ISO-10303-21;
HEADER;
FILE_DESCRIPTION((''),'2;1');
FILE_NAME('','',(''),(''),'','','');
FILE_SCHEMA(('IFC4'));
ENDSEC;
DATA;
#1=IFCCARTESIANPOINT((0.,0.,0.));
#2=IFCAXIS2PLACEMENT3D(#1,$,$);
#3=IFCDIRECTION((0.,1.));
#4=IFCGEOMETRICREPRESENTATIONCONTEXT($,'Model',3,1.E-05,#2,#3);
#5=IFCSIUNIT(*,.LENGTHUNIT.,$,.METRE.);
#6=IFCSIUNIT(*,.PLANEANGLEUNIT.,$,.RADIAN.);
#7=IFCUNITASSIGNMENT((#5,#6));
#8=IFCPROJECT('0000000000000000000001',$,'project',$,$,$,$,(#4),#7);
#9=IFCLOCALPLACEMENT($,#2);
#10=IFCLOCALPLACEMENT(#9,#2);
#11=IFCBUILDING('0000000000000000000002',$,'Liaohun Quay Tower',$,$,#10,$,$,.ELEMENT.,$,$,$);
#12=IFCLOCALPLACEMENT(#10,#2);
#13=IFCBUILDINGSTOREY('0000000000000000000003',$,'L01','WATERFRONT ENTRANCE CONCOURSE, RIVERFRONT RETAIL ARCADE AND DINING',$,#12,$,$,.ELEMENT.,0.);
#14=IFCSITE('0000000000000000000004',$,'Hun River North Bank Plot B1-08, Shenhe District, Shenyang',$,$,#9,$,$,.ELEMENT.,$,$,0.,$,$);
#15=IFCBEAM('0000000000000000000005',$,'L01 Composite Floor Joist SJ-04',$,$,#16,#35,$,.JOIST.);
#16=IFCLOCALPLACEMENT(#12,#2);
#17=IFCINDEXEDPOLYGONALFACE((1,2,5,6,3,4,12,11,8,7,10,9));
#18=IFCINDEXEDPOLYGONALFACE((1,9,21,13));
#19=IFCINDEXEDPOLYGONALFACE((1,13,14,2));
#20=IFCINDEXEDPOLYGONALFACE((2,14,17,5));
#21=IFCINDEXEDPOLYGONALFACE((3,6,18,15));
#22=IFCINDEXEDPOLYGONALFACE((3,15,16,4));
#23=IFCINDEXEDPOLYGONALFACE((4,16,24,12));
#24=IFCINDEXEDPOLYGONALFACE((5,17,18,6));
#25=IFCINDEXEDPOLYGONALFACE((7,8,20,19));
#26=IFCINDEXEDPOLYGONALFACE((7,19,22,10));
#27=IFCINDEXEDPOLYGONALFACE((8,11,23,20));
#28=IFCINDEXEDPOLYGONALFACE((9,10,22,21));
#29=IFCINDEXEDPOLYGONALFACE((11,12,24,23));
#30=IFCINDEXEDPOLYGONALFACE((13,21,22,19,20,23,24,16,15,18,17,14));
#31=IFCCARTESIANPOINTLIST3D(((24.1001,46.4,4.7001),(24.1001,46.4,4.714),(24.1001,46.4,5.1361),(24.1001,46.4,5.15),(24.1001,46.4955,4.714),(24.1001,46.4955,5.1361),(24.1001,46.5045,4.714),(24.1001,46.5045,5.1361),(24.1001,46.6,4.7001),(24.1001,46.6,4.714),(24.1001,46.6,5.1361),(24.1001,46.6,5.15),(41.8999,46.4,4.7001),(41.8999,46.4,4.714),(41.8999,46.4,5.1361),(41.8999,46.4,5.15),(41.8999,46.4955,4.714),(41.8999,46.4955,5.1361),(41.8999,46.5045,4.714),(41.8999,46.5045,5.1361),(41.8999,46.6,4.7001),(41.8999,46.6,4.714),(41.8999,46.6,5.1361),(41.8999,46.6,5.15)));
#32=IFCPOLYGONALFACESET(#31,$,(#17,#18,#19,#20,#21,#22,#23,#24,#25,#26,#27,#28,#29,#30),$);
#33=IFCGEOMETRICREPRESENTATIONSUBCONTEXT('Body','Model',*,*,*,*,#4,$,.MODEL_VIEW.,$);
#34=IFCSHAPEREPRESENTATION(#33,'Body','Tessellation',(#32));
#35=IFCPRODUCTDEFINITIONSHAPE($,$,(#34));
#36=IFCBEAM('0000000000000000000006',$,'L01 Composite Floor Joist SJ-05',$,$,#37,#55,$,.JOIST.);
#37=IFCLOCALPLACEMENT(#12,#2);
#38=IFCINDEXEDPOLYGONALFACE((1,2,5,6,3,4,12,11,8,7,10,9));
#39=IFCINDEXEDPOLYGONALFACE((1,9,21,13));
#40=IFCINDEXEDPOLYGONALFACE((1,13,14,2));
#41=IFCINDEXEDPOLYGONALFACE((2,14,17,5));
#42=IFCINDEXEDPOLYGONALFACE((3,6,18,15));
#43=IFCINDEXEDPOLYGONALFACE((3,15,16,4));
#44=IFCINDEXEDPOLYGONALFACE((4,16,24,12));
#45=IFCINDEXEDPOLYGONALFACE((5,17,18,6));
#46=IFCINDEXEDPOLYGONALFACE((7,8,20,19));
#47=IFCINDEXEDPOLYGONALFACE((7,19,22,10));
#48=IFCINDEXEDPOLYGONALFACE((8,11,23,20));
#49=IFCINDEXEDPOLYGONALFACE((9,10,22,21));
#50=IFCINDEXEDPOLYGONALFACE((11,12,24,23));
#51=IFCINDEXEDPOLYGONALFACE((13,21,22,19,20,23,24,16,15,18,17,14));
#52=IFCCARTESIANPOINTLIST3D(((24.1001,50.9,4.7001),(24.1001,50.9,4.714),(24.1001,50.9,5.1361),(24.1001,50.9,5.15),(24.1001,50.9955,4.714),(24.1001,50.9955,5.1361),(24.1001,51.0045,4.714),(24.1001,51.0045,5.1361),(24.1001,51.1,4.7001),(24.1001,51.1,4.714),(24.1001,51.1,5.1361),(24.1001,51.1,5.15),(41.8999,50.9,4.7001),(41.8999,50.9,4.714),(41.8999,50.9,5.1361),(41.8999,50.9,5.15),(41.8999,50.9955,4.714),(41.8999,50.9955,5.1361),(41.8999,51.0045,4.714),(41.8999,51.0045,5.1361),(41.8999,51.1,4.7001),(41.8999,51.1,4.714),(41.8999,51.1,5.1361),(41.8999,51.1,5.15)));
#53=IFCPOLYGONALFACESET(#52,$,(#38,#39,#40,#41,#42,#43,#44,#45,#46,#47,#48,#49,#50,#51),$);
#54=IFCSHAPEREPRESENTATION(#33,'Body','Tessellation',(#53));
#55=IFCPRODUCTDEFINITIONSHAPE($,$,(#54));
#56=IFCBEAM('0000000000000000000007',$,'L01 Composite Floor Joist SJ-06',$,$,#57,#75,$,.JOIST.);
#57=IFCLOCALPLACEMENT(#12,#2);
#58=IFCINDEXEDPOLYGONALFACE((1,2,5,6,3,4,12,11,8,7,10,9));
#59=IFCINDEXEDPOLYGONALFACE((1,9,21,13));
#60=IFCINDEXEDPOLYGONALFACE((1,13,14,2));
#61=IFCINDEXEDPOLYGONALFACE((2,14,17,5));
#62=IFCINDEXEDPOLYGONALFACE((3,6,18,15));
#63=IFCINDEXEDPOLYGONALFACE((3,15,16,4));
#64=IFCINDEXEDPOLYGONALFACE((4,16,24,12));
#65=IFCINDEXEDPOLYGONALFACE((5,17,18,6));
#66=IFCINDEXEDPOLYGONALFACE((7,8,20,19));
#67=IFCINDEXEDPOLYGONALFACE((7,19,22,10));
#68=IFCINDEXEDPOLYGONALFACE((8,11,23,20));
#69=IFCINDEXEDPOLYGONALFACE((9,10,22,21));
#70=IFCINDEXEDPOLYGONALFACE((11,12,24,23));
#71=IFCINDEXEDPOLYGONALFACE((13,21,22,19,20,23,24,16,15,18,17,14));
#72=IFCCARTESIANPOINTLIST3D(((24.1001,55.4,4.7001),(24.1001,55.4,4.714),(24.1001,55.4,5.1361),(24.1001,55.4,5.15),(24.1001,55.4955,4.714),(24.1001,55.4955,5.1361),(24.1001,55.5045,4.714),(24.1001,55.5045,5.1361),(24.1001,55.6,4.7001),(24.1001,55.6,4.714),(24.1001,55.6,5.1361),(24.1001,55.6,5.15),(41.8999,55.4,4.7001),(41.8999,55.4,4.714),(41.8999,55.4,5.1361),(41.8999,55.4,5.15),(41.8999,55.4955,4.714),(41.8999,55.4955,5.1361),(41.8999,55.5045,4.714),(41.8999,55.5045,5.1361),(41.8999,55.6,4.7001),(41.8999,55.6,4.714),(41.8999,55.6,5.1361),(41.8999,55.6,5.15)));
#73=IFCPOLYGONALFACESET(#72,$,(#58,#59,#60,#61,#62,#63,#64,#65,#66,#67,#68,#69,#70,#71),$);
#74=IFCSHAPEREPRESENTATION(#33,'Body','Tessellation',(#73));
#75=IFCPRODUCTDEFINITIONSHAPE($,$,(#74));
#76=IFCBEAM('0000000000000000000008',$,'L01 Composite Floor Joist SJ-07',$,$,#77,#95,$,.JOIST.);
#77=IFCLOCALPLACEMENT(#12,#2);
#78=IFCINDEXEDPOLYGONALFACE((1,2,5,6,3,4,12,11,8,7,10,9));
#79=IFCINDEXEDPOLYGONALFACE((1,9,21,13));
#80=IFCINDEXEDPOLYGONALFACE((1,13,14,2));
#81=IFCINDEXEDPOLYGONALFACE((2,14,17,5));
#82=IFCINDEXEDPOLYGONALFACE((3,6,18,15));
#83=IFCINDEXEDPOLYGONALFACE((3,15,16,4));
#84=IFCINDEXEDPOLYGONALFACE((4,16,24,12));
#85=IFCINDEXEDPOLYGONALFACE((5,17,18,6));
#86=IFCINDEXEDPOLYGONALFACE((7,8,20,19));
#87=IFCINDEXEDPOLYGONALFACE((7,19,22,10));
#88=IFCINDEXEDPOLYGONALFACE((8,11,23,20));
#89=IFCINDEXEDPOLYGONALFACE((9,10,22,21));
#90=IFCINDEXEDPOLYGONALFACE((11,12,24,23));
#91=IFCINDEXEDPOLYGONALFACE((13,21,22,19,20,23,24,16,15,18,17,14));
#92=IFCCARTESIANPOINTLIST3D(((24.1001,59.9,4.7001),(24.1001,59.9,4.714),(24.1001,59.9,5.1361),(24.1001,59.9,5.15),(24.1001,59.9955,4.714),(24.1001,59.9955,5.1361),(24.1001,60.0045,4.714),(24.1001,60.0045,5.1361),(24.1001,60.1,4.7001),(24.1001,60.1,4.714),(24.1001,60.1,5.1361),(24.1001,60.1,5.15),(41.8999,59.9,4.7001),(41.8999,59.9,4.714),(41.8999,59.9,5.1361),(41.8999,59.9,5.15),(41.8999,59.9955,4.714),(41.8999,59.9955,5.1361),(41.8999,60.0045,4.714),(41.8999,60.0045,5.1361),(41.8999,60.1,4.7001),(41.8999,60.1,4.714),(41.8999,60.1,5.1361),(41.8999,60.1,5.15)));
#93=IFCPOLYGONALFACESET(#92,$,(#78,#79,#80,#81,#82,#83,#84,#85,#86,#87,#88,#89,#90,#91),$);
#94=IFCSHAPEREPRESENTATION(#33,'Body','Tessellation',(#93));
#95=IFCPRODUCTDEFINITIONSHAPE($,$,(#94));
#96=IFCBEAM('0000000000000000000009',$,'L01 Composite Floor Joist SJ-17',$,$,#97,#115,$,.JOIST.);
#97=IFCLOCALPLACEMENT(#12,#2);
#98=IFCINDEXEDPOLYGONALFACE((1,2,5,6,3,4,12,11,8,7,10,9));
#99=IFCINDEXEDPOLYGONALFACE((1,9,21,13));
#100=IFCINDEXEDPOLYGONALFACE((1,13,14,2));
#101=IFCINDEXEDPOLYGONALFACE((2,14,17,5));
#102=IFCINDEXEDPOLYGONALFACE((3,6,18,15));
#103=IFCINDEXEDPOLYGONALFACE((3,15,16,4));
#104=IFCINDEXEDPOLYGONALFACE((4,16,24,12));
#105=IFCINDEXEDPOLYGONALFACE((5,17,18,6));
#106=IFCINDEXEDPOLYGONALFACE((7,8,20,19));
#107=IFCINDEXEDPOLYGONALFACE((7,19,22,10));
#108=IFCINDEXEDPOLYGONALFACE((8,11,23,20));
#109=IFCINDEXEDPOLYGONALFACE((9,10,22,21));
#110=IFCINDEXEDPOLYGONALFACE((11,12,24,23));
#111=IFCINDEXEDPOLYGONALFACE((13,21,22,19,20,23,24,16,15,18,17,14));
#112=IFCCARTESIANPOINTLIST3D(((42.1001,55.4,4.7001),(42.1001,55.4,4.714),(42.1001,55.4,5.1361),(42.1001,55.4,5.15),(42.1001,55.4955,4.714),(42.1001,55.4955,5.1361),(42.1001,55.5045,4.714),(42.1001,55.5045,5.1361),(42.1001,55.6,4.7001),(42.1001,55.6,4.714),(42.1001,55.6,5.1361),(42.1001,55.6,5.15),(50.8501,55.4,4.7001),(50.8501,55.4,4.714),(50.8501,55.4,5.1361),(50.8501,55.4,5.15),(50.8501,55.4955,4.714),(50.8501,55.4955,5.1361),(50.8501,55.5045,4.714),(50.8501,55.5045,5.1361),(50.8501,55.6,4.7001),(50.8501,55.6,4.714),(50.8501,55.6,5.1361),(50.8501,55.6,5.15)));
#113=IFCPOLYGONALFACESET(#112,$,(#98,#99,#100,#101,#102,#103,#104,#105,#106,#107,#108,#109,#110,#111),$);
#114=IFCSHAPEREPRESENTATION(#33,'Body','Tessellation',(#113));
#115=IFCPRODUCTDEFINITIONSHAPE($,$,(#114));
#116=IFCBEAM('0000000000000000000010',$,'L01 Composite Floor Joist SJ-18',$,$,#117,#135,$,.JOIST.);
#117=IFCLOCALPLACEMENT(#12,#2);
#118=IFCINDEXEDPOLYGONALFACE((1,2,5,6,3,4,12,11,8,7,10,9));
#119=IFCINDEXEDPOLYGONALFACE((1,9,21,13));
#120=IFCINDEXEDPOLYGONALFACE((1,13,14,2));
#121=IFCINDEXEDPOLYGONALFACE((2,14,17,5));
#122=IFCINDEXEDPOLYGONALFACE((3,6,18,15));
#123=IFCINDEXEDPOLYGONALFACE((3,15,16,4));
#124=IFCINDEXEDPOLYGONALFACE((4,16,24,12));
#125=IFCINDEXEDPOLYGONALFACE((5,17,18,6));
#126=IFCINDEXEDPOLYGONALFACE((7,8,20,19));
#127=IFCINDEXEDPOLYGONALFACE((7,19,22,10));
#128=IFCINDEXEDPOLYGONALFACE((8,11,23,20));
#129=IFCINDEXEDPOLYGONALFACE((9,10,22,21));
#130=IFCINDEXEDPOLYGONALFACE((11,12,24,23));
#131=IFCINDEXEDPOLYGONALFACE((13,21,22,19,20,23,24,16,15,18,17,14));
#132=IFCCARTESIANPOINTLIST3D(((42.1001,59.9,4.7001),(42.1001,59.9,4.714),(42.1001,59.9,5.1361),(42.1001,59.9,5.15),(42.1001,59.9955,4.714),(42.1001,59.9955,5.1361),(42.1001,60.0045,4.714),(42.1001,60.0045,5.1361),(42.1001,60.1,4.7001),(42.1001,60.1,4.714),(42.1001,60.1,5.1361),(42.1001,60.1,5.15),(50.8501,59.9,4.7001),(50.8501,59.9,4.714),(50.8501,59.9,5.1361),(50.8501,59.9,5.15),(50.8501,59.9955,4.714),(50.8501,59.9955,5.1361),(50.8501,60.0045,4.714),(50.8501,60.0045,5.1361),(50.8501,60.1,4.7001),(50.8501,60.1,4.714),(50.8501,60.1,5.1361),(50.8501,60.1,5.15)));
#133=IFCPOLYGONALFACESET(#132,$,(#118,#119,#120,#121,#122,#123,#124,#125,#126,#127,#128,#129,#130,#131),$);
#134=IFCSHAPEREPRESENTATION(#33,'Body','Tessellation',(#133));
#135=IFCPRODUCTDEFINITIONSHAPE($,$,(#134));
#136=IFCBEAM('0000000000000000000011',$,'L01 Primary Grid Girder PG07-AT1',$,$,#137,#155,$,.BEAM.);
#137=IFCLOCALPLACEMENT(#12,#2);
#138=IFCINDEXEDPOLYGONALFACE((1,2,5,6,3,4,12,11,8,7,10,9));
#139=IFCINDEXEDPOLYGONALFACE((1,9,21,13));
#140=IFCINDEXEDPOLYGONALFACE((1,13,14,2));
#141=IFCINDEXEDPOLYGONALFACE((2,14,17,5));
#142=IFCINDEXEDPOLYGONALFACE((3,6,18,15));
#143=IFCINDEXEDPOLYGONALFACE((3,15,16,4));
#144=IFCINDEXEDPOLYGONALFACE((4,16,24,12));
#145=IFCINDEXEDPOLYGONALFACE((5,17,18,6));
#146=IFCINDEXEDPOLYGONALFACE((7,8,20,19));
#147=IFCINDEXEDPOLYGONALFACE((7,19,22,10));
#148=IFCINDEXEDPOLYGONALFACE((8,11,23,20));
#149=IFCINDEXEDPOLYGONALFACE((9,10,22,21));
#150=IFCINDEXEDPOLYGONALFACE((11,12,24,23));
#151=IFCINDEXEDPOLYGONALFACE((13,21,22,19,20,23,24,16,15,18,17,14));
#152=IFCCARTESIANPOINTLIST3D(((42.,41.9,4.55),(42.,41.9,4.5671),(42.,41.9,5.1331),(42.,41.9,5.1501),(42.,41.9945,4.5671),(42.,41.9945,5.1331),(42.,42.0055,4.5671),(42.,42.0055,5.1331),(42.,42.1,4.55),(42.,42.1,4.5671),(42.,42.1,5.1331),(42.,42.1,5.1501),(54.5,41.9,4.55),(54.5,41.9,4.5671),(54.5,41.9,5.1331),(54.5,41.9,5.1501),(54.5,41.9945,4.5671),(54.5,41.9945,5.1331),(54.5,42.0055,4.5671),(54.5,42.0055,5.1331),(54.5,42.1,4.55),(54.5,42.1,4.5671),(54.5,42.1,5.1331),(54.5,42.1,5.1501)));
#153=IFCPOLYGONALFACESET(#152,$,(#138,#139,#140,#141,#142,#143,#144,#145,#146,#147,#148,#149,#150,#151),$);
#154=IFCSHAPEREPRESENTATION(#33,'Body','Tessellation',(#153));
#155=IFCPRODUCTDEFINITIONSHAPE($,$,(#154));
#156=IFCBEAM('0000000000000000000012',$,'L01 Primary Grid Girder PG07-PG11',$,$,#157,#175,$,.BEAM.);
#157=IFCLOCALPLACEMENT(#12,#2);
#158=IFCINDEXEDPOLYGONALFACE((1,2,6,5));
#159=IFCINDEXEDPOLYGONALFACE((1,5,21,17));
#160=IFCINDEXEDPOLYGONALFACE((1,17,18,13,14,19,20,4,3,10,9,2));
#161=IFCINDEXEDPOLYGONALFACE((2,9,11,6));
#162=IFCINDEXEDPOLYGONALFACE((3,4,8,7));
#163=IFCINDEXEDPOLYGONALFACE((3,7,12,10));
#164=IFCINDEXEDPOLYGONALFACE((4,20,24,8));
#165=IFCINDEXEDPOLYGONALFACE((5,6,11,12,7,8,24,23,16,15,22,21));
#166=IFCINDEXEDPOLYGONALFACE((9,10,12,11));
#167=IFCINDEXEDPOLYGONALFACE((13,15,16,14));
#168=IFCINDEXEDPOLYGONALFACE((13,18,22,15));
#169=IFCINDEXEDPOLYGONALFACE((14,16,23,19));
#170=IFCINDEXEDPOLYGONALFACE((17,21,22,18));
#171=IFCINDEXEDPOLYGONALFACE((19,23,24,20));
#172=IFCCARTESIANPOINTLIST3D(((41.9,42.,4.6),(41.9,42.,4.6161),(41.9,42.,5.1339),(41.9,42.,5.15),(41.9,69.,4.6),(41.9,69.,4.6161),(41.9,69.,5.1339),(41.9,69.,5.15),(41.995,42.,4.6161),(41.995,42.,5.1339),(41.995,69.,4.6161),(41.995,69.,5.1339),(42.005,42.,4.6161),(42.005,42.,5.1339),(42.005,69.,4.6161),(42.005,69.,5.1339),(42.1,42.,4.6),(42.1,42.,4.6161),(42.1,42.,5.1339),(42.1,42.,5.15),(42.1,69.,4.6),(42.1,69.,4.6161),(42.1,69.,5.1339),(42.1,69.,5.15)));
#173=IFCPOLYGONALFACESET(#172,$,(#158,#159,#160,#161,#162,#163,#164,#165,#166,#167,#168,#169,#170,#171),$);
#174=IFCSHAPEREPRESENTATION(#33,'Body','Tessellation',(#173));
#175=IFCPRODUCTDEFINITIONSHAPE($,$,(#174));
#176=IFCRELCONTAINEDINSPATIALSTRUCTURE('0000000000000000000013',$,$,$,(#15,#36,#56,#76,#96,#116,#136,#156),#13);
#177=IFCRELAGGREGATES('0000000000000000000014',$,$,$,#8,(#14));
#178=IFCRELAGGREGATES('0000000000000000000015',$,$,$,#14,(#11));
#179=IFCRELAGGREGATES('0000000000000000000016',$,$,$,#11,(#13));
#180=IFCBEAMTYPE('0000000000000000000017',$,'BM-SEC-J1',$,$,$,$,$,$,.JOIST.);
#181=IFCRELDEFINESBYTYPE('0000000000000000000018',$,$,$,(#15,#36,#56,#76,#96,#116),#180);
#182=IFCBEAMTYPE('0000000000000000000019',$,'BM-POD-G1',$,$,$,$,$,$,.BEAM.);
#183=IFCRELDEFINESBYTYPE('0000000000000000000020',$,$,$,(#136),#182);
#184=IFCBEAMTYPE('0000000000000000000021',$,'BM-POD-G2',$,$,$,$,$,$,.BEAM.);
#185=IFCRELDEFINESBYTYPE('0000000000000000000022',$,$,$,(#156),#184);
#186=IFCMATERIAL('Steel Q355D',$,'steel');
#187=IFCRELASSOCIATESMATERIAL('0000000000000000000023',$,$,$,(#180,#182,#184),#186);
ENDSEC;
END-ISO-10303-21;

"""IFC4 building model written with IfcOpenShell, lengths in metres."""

from ifc_helpers import new_model, si_unit, direction, frame, origin, origin_2d, place, context, subcontext, project, spatial, i_section, extrude, source, transform, mapped, material, material_profile, profile_set, type_object, element, save


model = new_model("IFC4")

# Units and contexts
model_context = context("Model", 3, precision=1e-05, world=origin(), true_north=direction((0.0, 1.0)))
body_context = subcontext(model_context, "Body", "Model", "MODEL_VIEW")
ifc_project = project(units=[si_unit("LENGTHUNIT", "METRE"), si_unit("PLANEANGLEUNIT", "RADIAN")], contexts=[model_context])

# Site, building, storey
site_placement = place(None, origin())
site = spatial("IfcSite", under=ifc_project, at=site_placement, Name="Hun River North Bank Plot B1-08, Shenhe District, Shenyang", CompositionType="ELEMENT", RefElevation=0.0)
building_placement = place(site_placement, origin())
building = spatial("IfcBuilding", under=site, at=building_placement, Name="Liaohun Quay Tower", CompositionType="ELEMENT")
storey_placement = place(building_placement, origin())
storey = spatial("IfcBuildingStorey", under=building, at=storey_placement, Name="L01", Description="WATERFRONT ENTRANCE CONCOURSE, RIVERFRONT RETAIL ARCADE AND DINING", CompositionType="ELEMENT", Elevation=0.0)

# Beams
ifc_material_1 = material(Name="Steel Q355D", Category="steel")
ifc_material_profile_1 = material_profile(ifc_material_1, i_section(OverallWidth=0.2, OverallDepth=0.45, WebThickness=0.009, FlangeThickness=0.0139, at=origin_2d()), Name="HN450x200x9x14")
ifc_profile_set_1 = profile_set([ifc_material_profile_1], Name="Steel Q355D")
beam_type_1 = type_object("IfcBeamType", Name="BM-SEC-J1", PredefinedType="JOIST", material=ifc_profile_set_1)
shared_shape_1 = source(origin(), body_context, "Body", "SweptSolid", [
    extrude(i_section(OverallWidth=0.2, OverallDepth=0.45, WebThickness=0.009, FlangeThickness=0.0139, at=origin_2d()), origin(), (0.0, 0.0, 1.0), 17.7998),
])
for number, where, z_axis, x_axis, name in (
    (1, (24.1001, 46.5, 4.925), (1.0, 0.0, 0.0), (0.0, 1.0, 0.0), "L01 Composite Floor Joist SJ-04"),
    (2, (24.1001, 51.0, 4.925), (1.0, 0.0, 0.0), (0.0, 1.0, 0.0), "L01 Composite Floor Joist SJ-05"),
    (3, (24.1001, 55.5, 4.925), (1.0, 0.0, 0.0), (0.0, 1.0, 0.0), "L01 Composite Floor Joist SJ-06"),
    (4, (24.1001, 60.0, 4.925), (1.0, 0.0, 0.0), (0.0, 1.0, 0.0), "L01 Composite Floor Joist SJ-07"),
):
    element("IfcBeam", number, at=place(storey_placement, frame(where, z_axis=z_axis, x_axis=x_axis)), inside=storey, type_object=beam_type_1, Name=name, PredefinedType="JOIST", context=body_context, shape_type="MappedRepresentation", body=[
        mapped(shared_shape_1, transform((0.0, 0.0, 0.0), x_axis=(1.0, 0.0, 0.0), y_axis=(0.0, 1.0, 0.0), z_axis=(0.0, 0.0, 1.0), scale=1.0)),
    ])
shared_shape_2 = source(origin(), body_context, "Body", "SweptSolid", [
    extrude(i_section(OverallWidth=0.2, OverallDepth=0.45, WebThickness=0.009, FlangeThickness=0.0139, at=origin_2d()), origin(), (0.0, 0.0, 1.0), 8.75),
])
for number, where, z_axis, x_axis, name in (
    (5, (42.1001, 55.5, 4.925), (1.0, 0.0, 0.0), (0.0, 1.0, 0.0), "L01 Composite Floor Joist SJ-17"),
    (6, (42.1001, 60.0, 4.925), (1.0, 0.0, 0.0), (0.0, 1.0, 0.0), "L01 Composite Floor Joist SJ-18"),
):
    element("IfcBeam", number, at=place(storey_placement, frame(where, z_axis=z_axis, x_axis=x_axis)), inside=storey, type_object=beam_type_1, Name=name, PredefinedType="JOIST", context=body_context, shape_type="MappedRepresentation", body=[
        mapped(shared_shape_2, transform((0.0, 0.0, 0.0), x_axis=(1.0, 0.0, 0.0), y_axis=(0.0, 1.0, 0.0), z_axis=(0.0, 0.0, 1.0), scale=1.0)),
    ])
ifc_material_profile_2 = material_profile(ifc_material_1, i_section(OverallWidth=0.2, OverallDepth=0.6001, WebThickness=0.011, FlangeThickness=0.0171, at=origin_2d()), Name="HN600x200x11x17")
ifc_profile_set_2 = profile_set([ifc_material_profile_2], Name="Steel Q355D")
beam_type_2 = type_object("IfcBeamType", Name="BM-POD-G1", PredefinedType="BEAM", material=ifc_profile_set_2)
shared_shape_3 = source(origin(), body_context, "Body", "SweptSolid", [
    extrude(i_section(OverallWidth=0.2, OverallDepth=0.6001, WebThickness=0.011, FlangeThickness=0.0171, at=origin_2d()), origin(), (0.0, 0.0, 1.0), 12.5),
])
beam_1_placement = place(storey_placement, frame((42.0, 42.0, 4.8501), z_axis=(1.0, 0.0, 0.0), x_axis=(0.0, 1.0, 0.0)))
element("IfcBeam", 7, at=beam_1_placement, inside=storey, type_object=beam_type_2, Name="L01 Primary Grid Girder PG07-AT1", PredefinedType="BEAM", context=body_context, shape_type="MappedRepresentation", body=[
    mapped(shared_shape_3, transform((0.0, 0.0, 0.0), x_axis=(1.0, 0.0, 0.0), y_axis=(0.0, 1.0, 0.0), z_axis=(0.0, 0.0, 1.0), scale=1.0)),
])
ifc_material_profile_3 = material_profile(ifc_material_1, i_section(OverallWidth=0.2, OverallDepth=0.55, WebThickness=0.01, FlangeThickness=0.0161, at=origin_2d()), Name="HN550x200x10x16")
ifc_profile_set_3 = profile_set([ifc_material_profile_3], Name="Steel Q355D")
beam_type_3 = type_object("IfcBeamType", Name="BM-POD-G2", PredefinedType="BEAM", material=ifc_profile_set_3)
shared_shape_4 = source(origin(), body_context, "Body", "SweptSolid", [
    extrude(i_section(OverallWidth=0.2, OverallDepth=0.55, WebThickness=0.01, FlangeThickness=0.0161, at=origin_2d()), origin(), (0.0, 0.0, 1.0), 27.0),
])
beam_2_placement = place(storey_placement, frame((42.0, 42.0, 4.875), z_axis=(0.0, 1.0, 0.0), x_axis=(-1.0, 0.0, 0.0)))
element("IfcBeam", 8, at=beam_2_placement, inside=storey, type_object=beam_type_3, Name="L01 Primary Grid Girder PG07-PG11", PredefinedType="BEAM", context=body_context, shape_type="MappedRepresentation", body=[
    mapped(shared_shape_4, transform((0.0, 0.0, 0.0), x_axis=(1.0, 0.0, 0.0), y_axis=(0.0, 1.0, 0.0), z_axis=(0.0, 0.0, 1.0), scale=1.0)),
])

save(model, "model.ifc")
